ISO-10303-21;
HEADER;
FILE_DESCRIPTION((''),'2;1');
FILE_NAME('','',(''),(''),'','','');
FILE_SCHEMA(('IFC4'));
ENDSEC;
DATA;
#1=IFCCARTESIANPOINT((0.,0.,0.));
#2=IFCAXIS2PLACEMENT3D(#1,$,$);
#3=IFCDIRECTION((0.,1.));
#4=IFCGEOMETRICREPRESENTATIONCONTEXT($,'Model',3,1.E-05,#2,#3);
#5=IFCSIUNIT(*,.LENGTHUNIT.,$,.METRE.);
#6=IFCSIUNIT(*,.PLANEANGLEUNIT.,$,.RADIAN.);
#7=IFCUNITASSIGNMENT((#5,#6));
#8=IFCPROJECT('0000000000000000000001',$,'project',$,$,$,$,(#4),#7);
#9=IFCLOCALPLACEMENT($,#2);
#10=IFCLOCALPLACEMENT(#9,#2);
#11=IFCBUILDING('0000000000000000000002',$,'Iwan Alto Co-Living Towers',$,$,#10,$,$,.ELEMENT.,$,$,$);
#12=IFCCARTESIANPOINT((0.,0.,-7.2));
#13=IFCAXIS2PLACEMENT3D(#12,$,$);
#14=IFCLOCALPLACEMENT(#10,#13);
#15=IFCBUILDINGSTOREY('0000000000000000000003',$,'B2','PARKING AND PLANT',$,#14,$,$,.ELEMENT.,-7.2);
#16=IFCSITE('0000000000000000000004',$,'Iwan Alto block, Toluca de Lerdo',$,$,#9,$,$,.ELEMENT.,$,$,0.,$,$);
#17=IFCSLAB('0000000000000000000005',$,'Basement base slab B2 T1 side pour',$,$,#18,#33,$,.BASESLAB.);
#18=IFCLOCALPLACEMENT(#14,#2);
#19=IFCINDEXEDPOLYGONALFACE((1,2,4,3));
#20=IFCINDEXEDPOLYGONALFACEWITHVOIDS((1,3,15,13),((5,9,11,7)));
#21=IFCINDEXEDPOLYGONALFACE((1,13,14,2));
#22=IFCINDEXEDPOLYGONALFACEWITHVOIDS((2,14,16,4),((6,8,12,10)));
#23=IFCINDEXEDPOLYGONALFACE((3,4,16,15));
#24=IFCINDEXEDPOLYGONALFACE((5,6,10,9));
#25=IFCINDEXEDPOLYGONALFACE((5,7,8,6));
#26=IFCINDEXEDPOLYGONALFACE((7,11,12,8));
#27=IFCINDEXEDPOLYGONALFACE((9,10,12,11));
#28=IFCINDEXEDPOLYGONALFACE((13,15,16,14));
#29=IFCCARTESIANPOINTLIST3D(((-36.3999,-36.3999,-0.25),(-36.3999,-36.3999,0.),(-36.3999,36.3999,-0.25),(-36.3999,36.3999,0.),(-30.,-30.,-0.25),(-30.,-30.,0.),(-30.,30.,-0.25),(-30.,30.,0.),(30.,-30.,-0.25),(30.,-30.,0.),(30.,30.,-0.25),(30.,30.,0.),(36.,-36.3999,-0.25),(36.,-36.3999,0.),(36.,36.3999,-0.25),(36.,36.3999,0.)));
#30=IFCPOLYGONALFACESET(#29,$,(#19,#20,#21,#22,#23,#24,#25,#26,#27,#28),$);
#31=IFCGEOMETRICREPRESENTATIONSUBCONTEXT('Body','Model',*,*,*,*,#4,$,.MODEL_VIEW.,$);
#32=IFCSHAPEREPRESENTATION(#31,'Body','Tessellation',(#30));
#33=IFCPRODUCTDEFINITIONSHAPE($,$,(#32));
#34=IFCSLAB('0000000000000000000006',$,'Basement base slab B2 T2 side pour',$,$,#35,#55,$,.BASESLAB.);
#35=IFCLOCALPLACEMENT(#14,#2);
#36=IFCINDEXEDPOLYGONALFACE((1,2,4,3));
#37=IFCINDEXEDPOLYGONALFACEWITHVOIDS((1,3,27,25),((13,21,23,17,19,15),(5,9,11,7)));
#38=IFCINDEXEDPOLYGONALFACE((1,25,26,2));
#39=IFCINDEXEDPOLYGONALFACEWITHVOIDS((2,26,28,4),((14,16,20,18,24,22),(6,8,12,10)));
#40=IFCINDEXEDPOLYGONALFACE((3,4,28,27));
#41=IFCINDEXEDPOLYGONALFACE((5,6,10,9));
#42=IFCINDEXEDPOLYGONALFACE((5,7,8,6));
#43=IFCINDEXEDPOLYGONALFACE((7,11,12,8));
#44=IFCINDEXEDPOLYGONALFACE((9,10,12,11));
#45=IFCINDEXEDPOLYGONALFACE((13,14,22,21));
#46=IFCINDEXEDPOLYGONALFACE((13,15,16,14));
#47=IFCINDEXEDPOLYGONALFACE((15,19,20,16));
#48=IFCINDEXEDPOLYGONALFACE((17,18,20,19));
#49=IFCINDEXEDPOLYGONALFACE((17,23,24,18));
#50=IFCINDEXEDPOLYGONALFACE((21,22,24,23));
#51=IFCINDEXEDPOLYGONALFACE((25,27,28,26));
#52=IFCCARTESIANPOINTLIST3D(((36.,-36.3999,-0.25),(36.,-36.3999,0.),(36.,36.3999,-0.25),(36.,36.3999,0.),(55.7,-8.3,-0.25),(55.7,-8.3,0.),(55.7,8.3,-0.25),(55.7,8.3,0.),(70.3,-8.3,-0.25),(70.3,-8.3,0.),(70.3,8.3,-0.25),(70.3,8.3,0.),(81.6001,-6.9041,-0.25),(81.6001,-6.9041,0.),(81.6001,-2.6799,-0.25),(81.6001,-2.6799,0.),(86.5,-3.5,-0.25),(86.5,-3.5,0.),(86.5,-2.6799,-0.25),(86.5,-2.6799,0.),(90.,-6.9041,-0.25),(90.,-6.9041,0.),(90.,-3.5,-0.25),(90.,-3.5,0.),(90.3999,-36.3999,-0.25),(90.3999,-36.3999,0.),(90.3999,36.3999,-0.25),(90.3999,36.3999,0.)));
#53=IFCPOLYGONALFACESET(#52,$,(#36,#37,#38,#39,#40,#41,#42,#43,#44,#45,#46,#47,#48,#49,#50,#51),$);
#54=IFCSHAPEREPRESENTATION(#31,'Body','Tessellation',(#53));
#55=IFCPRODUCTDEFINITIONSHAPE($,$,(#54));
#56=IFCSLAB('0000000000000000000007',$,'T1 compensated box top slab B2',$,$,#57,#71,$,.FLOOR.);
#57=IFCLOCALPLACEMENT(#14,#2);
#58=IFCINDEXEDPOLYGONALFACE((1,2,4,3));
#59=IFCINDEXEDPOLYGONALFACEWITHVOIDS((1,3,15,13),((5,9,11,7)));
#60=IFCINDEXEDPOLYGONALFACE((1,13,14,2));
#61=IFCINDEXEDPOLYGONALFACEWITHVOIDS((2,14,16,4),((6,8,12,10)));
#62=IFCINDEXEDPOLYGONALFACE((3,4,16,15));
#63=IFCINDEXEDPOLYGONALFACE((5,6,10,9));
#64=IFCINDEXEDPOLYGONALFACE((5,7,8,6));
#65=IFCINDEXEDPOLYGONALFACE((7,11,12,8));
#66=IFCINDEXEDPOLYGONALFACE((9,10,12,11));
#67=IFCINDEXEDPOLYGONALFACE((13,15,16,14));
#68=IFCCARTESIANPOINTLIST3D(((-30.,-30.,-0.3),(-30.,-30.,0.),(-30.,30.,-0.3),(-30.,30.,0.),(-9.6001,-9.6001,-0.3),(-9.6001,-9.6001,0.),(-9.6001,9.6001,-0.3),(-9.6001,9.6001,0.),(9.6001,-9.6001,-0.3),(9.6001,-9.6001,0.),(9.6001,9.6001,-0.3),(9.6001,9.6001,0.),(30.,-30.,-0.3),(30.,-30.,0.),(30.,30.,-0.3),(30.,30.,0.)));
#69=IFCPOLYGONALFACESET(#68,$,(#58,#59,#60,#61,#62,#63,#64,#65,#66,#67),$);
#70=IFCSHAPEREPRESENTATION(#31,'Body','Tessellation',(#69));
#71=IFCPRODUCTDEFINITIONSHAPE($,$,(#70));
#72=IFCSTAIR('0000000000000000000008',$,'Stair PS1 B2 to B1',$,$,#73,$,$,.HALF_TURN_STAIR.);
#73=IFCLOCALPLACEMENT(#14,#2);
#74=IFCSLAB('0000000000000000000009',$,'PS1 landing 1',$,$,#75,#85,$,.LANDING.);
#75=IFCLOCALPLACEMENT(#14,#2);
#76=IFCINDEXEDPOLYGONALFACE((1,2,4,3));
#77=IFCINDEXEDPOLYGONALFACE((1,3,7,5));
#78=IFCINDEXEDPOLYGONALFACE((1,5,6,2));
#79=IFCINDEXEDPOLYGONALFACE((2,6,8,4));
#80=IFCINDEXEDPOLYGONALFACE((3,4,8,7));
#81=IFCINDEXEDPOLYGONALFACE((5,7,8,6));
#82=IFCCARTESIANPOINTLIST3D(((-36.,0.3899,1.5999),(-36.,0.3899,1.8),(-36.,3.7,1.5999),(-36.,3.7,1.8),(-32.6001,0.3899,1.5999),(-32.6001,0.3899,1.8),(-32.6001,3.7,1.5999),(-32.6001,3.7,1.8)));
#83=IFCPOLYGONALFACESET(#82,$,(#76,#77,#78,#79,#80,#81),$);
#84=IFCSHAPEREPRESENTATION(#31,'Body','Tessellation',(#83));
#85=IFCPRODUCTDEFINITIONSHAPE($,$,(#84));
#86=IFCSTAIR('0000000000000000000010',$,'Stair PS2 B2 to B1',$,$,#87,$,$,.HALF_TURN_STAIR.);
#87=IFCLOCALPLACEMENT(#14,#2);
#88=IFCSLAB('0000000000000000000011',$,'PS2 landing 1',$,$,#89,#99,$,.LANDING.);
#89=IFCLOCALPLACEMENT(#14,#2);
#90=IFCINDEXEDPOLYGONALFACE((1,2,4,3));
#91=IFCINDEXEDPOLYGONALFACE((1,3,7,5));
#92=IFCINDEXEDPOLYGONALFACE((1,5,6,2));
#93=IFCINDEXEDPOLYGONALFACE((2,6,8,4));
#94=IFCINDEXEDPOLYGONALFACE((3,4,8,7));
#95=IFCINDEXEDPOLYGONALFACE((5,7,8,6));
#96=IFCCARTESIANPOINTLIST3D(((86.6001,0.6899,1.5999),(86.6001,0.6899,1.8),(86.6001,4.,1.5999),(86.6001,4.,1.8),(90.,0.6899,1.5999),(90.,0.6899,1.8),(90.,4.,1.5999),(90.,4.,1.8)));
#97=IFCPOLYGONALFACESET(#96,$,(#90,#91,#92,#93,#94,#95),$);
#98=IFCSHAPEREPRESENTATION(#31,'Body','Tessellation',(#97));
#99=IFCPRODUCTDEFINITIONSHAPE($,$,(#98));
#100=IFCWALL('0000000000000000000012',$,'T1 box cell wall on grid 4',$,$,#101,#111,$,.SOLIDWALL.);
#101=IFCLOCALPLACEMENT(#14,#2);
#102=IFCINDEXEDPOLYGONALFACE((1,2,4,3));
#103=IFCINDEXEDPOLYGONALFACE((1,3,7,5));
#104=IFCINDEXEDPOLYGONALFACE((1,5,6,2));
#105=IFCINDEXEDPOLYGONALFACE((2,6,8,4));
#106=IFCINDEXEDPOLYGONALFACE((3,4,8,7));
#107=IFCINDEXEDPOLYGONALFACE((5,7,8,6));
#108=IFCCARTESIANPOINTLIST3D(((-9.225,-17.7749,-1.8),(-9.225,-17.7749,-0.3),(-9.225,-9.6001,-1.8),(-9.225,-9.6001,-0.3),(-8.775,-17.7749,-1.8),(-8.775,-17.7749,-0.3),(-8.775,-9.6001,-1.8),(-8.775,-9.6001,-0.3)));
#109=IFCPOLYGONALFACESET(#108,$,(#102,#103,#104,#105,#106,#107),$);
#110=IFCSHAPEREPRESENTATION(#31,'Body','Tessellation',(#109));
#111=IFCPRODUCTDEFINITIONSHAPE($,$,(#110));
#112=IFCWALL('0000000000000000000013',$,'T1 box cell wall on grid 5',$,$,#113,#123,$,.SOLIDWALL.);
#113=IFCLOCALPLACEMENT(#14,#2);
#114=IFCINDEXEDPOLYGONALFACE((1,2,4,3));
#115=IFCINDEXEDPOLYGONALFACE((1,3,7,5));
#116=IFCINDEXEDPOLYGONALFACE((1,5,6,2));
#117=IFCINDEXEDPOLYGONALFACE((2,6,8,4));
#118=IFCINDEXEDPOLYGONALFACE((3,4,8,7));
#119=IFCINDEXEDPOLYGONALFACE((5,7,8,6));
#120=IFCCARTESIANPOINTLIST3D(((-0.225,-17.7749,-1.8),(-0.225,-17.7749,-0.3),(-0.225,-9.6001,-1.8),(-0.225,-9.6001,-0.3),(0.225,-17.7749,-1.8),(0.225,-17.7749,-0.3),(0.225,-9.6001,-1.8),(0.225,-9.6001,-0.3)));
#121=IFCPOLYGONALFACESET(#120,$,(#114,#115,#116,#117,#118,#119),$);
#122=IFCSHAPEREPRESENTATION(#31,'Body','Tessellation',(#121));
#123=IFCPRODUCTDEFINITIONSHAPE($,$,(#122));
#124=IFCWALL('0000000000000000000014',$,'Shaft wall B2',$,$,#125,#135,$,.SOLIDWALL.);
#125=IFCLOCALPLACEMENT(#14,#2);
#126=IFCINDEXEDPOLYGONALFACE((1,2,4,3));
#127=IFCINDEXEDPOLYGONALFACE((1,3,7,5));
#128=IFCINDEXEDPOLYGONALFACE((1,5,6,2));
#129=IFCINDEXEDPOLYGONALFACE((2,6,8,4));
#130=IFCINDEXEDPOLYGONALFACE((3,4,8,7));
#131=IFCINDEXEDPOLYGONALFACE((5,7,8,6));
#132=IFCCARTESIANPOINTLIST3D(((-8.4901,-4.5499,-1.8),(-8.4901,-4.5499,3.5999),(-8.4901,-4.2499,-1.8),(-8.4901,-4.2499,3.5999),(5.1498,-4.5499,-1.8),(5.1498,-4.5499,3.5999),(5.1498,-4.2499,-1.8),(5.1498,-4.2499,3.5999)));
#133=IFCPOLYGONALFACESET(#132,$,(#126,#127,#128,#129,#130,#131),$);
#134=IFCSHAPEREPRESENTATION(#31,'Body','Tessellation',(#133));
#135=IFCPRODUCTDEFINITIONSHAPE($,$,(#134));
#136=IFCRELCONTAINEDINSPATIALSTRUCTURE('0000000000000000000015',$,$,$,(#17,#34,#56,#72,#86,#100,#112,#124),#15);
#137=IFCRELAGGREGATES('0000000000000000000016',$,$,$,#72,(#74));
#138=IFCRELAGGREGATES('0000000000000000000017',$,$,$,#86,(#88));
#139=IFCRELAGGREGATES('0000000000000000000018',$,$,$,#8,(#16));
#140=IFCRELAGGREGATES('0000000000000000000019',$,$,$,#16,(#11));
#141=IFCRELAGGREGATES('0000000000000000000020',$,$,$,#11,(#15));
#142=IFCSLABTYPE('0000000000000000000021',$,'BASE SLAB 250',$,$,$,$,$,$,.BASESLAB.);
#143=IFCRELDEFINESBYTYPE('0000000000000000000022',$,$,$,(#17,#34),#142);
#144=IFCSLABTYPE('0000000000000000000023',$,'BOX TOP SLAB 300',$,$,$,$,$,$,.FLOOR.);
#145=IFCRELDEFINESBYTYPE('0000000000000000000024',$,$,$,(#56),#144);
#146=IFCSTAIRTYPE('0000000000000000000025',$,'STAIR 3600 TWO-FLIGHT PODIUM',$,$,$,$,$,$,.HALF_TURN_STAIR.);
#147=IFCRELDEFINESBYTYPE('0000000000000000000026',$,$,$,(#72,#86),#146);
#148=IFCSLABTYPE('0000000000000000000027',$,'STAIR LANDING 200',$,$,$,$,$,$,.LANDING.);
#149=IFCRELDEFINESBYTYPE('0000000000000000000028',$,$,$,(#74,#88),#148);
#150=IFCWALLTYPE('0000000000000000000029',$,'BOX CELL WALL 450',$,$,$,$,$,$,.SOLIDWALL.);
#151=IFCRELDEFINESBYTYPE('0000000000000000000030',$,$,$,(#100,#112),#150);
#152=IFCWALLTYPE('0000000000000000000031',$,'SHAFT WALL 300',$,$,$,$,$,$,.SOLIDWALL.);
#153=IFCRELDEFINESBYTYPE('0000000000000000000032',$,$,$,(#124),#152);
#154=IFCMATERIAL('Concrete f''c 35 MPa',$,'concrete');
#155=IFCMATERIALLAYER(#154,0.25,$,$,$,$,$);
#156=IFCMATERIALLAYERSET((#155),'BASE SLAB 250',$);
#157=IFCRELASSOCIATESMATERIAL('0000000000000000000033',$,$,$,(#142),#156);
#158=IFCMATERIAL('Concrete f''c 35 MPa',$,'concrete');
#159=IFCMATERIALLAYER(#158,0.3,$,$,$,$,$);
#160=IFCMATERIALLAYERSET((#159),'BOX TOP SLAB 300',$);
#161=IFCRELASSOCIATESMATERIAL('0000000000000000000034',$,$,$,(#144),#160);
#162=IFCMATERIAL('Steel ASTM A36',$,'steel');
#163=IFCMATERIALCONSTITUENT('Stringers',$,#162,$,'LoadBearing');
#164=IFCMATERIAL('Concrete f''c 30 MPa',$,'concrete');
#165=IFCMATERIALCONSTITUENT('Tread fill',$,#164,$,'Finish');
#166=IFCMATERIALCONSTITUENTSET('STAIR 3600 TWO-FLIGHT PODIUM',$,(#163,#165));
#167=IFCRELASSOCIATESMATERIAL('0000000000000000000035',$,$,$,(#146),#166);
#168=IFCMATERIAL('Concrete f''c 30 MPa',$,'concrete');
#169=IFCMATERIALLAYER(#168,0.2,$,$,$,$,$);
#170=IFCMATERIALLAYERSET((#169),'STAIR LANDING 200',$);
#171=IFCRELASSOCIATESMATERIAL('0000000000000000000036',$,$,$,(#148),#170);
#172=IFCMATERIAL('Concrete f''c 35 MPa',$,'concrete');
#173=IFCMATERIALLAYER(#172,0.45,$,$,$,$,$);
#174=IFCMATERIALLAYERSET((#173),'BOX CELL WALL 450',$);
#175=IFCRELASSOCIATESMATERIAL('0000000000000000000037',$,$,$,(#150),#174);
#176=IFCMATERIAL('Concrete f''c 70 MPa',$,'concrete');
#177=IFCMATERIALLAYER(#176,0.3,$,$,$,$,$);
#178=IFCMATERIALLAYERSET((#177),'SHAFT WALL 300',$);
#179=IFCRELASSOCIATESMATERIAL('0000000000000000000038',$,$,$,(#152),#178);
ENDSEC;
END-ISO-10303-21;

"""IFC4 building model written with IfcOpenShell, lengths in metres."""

from ifc_helpers import new_model, si_unit, direction, frame, frame_2d, origin, place, context, subcontext, project, spatial, polyline, rectangle, outline, extrude, material, layer, layer_set, constituent, constituent_set, type_object, element, aggregate, save


model = new_model("IFC4")

# Units and contexts
model_context = context("Model", 3, precision=1e-05, world=origin(), true_north=direction((0.0, 1.0)))
body_context = subcontext(model_context, "Body", "Model", "MODEL_VIEW")
ifc_project = project(units=[si_unit("LENGTHUNIT", "METRE"), si_unit("PLANEANGLEUNIT", "RADIAN")], contexts=[model_context])

# Site, building, storey
site_placement = place(None, origin())
site = spatial("IfcSite", under=ifc_project, at=site_placement, Name="Iwan Alto block, Toluca de Lerdo", CompositionType="ELEMENT", RefElevation=0.0)
building_placement = place(site_placement, origin())
building = spatial("IfcBuilding", under=site, at=building_placement, Name="Iwan Alto Co-Living Towers", CompositionType="ELEMENT")
storey_placement = place(building_placement, frame((0.0, 0.0, -7.2)))
storey = spatial("IfcBuildingStorey", under=building, at=storey_placement, Name="B2", Description="PARKING AND PLANT", CompositionType="ELEMENT", Elevation=-7.2)

# Slabs
ifc_material_1 = material(Name="Concrete f'c 35 MPa", Category="concrete")
ifc_layer_1 = layer(ifc_material_1, 0.25)
ifc_layer_set_1 = layer_set([ifc_layer_1], Name="BASE SLAB 250")
slab_type_1 = type_object("IfcSlabType", Name="BASE SLAB 250", PredefinedType="BASESLAB", material=ifc_layer_set_1)
slab_1_placement = place(storey_placement, frame((0.0, 0.0, -0.25)))
element("IfcSlab", 1, at=slab_1_placement, inside=storey, type_object=slab_type_1, Name="Basement base slab B2 T1 side pour", PredefinedType="BASESLAB", context=body_context, shape_type="SweptSolid", body=[
    extrude(outline(polyline([(36.0, 36.3999), (36.0, -36.3999), (-36.3999, -36.3999), (-36.3999, 36.3999), (36.0, 36.3999)]), holes=[polyline([(-30.0, -30.0), (30.0, -30.0), (30.0, 30.0), (-30.0, 30.0), (-30.0, -30.0)])]), origin(), (0.0, 0.0, 1.0), 0.25),
])
slab_2_placement = place(storey_placement, frame((0.0, 0.0, -0.25)))
element("IfcSlab", 2, at=slab_2_placement, inside=storey, type_object=slab_type_1, Name="Basement base slab B2 T2 side pour", PredefinedType="BASESLAB", context=body_context, shape_type="SweptSolid", body=[
    extrude(outline(polyline([(90.3999, 36.3999), (90.3999, -36.3999), (36.0, -36.3999), (36.0, 36.3999), (90.3999, 36.3999)]), holes=[polyline([(81.6001, -6.9041), (90.0, -6.9041), (90.0, -3.5), (86.5, -3.5), (86.5, -2.6799), (81.6001, -2.6799), (81.6001, -6.9041)]), polyline([(55.7, -8.3), (70.3, -8.3), (70.3, 8.3), (55.7, 8.3), (55.7, -8.3)])]), origin(), (0.0, 0.0, 1.0), 0.25),
])
ifc_material_2 = material(Name="Concrete f'c 35 MPa", Category="concrete")
ifc_layer_2 = layer(ifc_material_2, 0.3)
ifc_layer_set_2 = layer_set([ifc_layer_2], Name="BOX TOP SLAB 300")
slab_type_2 = type_object("IfcSlabType", Name="BOX TOP SLAB 300", PredefinedType="FLOOR", material=ifc_layer_set_2)
slab_3_placement = place(storey_placement, frame((0.0, 0.0, -0.3)))
element("IfcSlab", 3, at=slab_3_placement, inside=storey, type_object=slab_type_2, Name="T1 compensated box top slab B2", PredefinedType="FLOOR", context=body_context, shape_type="SweptSolid", body=[
    extrude(outline(polyline([(-30.0, -30.0), (30.0, -30.0), (30.0, 30.0), (-30.0, 30.0), (-30.0, -30.0)]), holes=[polyline([(-9.6001, -9.6001), (9.6001, -9.6001), (9.6001, 9.6001), (-9.6001, 9.6001), (-9.6001, -9.6001)])]), origin(), (0.0, 0.0, 1.0), 0.3),
])

# Stairs, slabs
ifc_material_3 = material(Name="Steel ASTM A36", Category="steel")
ifc_constituent_1 = constituent(ifc_material_3, Name="Stringers", Category="LoadBearing")
ifc_material_4 = material(Name="Concrete f'c 30 MPa", Category="concrete")
ifc_constituent_2 = constituent(ifc_material_4, Name="Tread fill", Category="Finish")
ifc_constituent_set = constituent_set(constituents=[ifc_constituent_1, ifc_constituent_2], Name="STAIR 3600 TWO-FLIGHT PODIUM")
stair_type = type_object("IfcStairType", Name="STAIR 3600 TWO-FLIGHT PODIUM", PredefinedType="HALF_TURN_STAIR", material=ifc_constituent_set)
stair_1_placement = place(storey_placement, origin())
stair_1 = element("IfcStair", 4, at=stair_1_placement, inside=storey, type_object=stair_type, Name="Stair PS1 B2 to B1", PredefinedType="HALF_TURN_STAIR")
ifc_material_5 = material(Name="Concrete f'c 30 MPa", Category="concrete")
ifc_layer_3 = layer(ifc_material_5, 0.2)
ifc_layer_set_3 = layer_set([ifc_layer_3], Name="STAIR LANDING 200")
slab_type_3 = type_object("IfcSlabType", Name="STAIR LANDING 200", PredefinedType="LANDING", material=ifc_layer_set_3)
slab_4_placement = place(storey_placement, frame((0.0, 0.0, 1.5999)))
slab_4 = element("IfcSlab", 5, at=slab_4_placement, type_object=slab_type_3, Name="PS1 landing 1", PredefinedType="LANDING", context=body_context, shape_type="SweptSolid", body=[
    extrude(outline(polyline([(-36.0, 0.3899), (-36.0, 3.7), (-32.6001, 3.7), (-32.6001, 0.3899), (-36.0, 0.3899)])), origin(), (0.0, 0.0, 1.0), 0.2002),
])
aggregate(stair_1, [slab_4])
stair_2_placement = place(storey_placement, origin())
stair_2 = element("IfcStair", 6, at=stair_2_placement, inside=storey, type_object=stair_type, Name="Stair PS2 B2 to B1", PredefinedType="HALF_TURN_STAIR")
slab_5_placement = place(storey_placement, frame((0.0, 0.0, 1.5999)))
slab_5 = element("IfcSlab", 7, at=slab_5_placement, type_object=slab_type_3, Name="PS2 landing 1", PredefinedType="LANDING", context=body_context, shape_type="SweptSolid", body=[
    extrude(outline(polyline([(86.6001, 0.6899), (86.6001, 4.0), (90.0, 4.0), (90.0, 0.6899), (86.6001, 0.6899)])), origin(), (0.0, 0.0, 1.0), 0.2002),
])
aggregate(stair_2, [slab_5])

# Walls
ifc_material_6 = material(Name="Concrete f'c 35 MPa", Category="concrete")
ifc_layer_4 = layer(ifc_material_6, 0.45)
ifc_layer_set_4 = layer_set([ifc_layer_4], Name="BOX CELL WALL 450")
wall_type_1 = type_object("IfcWallType", Name="BOX CELL WALL 450", PredefinedType="SOLIDWALL", material=ifc_layer_set_4)
for number, where, z_axis, x_axis, name in (
    (8, (-9.0, -17.7749, -1.8), (0.0, 0.0, 1.0), (0.0, 1.0, 0.0), "T1 box cell wall on grid 4"),
    (9, (0.0, -17.7749, -1.8), (0.0, 0.0, 1.0), (0.0, 1.0, 0.0), "T1 box cell wall on grid 5"),
):
    element("IfcWall", number, at=place(storey_placement, frame(where, z_axis=z_axis, x_axis=x_axis)), inside=storey, type_object=wall_type_1, Name=name, PredefinedType="SOLIDWALL", context=body_context, shape_type="SweptSolid", body=[
        extrude(rectangle(XDim=8.1748, YDim=0.45, at=frame_2d((4.0874, 0.0))), origin(), (0.0, 0.0, 1.0), 1.5),
    ])
ifc_material_7 = material(Name="Concrete f'c 70 MPa", Category="concrete")
ifc_layer_5 = layer(ifc_material_7, 0.3)
ifc_layer_set_5 = layer_set([ifc_layer_5], Name="SHAFT WALL 300")
wall_type_2 = type_object("IfcWallType", Name="SHAFT WALL 300", PredefinedType="SOLIDWALL", material=ifc_layer_set_5)
wall_1_placement = place(storey_placement, frame((-8.49, -4.3999, -1.8), z_axis=(0.0, 0.0, 1.0), x_axis=(1.0, 0.0, 0.0)))
element("IfcWall", 10, at=wall_1_placement, inside=storey, type_object=wall_type_2, Name="Shaft wall B2", PredefinedType="SOLIDWALL", context=body_context, shape_type="SweptSolid", body=[
    extrude(rectangle(XDim=13.6399, YDim=0.3, at=frame_2d((6.8198, 0.0))), origin(), (0.0, 0.0, 1.0), 5.3999),
])

save(model, "model.ifc")
